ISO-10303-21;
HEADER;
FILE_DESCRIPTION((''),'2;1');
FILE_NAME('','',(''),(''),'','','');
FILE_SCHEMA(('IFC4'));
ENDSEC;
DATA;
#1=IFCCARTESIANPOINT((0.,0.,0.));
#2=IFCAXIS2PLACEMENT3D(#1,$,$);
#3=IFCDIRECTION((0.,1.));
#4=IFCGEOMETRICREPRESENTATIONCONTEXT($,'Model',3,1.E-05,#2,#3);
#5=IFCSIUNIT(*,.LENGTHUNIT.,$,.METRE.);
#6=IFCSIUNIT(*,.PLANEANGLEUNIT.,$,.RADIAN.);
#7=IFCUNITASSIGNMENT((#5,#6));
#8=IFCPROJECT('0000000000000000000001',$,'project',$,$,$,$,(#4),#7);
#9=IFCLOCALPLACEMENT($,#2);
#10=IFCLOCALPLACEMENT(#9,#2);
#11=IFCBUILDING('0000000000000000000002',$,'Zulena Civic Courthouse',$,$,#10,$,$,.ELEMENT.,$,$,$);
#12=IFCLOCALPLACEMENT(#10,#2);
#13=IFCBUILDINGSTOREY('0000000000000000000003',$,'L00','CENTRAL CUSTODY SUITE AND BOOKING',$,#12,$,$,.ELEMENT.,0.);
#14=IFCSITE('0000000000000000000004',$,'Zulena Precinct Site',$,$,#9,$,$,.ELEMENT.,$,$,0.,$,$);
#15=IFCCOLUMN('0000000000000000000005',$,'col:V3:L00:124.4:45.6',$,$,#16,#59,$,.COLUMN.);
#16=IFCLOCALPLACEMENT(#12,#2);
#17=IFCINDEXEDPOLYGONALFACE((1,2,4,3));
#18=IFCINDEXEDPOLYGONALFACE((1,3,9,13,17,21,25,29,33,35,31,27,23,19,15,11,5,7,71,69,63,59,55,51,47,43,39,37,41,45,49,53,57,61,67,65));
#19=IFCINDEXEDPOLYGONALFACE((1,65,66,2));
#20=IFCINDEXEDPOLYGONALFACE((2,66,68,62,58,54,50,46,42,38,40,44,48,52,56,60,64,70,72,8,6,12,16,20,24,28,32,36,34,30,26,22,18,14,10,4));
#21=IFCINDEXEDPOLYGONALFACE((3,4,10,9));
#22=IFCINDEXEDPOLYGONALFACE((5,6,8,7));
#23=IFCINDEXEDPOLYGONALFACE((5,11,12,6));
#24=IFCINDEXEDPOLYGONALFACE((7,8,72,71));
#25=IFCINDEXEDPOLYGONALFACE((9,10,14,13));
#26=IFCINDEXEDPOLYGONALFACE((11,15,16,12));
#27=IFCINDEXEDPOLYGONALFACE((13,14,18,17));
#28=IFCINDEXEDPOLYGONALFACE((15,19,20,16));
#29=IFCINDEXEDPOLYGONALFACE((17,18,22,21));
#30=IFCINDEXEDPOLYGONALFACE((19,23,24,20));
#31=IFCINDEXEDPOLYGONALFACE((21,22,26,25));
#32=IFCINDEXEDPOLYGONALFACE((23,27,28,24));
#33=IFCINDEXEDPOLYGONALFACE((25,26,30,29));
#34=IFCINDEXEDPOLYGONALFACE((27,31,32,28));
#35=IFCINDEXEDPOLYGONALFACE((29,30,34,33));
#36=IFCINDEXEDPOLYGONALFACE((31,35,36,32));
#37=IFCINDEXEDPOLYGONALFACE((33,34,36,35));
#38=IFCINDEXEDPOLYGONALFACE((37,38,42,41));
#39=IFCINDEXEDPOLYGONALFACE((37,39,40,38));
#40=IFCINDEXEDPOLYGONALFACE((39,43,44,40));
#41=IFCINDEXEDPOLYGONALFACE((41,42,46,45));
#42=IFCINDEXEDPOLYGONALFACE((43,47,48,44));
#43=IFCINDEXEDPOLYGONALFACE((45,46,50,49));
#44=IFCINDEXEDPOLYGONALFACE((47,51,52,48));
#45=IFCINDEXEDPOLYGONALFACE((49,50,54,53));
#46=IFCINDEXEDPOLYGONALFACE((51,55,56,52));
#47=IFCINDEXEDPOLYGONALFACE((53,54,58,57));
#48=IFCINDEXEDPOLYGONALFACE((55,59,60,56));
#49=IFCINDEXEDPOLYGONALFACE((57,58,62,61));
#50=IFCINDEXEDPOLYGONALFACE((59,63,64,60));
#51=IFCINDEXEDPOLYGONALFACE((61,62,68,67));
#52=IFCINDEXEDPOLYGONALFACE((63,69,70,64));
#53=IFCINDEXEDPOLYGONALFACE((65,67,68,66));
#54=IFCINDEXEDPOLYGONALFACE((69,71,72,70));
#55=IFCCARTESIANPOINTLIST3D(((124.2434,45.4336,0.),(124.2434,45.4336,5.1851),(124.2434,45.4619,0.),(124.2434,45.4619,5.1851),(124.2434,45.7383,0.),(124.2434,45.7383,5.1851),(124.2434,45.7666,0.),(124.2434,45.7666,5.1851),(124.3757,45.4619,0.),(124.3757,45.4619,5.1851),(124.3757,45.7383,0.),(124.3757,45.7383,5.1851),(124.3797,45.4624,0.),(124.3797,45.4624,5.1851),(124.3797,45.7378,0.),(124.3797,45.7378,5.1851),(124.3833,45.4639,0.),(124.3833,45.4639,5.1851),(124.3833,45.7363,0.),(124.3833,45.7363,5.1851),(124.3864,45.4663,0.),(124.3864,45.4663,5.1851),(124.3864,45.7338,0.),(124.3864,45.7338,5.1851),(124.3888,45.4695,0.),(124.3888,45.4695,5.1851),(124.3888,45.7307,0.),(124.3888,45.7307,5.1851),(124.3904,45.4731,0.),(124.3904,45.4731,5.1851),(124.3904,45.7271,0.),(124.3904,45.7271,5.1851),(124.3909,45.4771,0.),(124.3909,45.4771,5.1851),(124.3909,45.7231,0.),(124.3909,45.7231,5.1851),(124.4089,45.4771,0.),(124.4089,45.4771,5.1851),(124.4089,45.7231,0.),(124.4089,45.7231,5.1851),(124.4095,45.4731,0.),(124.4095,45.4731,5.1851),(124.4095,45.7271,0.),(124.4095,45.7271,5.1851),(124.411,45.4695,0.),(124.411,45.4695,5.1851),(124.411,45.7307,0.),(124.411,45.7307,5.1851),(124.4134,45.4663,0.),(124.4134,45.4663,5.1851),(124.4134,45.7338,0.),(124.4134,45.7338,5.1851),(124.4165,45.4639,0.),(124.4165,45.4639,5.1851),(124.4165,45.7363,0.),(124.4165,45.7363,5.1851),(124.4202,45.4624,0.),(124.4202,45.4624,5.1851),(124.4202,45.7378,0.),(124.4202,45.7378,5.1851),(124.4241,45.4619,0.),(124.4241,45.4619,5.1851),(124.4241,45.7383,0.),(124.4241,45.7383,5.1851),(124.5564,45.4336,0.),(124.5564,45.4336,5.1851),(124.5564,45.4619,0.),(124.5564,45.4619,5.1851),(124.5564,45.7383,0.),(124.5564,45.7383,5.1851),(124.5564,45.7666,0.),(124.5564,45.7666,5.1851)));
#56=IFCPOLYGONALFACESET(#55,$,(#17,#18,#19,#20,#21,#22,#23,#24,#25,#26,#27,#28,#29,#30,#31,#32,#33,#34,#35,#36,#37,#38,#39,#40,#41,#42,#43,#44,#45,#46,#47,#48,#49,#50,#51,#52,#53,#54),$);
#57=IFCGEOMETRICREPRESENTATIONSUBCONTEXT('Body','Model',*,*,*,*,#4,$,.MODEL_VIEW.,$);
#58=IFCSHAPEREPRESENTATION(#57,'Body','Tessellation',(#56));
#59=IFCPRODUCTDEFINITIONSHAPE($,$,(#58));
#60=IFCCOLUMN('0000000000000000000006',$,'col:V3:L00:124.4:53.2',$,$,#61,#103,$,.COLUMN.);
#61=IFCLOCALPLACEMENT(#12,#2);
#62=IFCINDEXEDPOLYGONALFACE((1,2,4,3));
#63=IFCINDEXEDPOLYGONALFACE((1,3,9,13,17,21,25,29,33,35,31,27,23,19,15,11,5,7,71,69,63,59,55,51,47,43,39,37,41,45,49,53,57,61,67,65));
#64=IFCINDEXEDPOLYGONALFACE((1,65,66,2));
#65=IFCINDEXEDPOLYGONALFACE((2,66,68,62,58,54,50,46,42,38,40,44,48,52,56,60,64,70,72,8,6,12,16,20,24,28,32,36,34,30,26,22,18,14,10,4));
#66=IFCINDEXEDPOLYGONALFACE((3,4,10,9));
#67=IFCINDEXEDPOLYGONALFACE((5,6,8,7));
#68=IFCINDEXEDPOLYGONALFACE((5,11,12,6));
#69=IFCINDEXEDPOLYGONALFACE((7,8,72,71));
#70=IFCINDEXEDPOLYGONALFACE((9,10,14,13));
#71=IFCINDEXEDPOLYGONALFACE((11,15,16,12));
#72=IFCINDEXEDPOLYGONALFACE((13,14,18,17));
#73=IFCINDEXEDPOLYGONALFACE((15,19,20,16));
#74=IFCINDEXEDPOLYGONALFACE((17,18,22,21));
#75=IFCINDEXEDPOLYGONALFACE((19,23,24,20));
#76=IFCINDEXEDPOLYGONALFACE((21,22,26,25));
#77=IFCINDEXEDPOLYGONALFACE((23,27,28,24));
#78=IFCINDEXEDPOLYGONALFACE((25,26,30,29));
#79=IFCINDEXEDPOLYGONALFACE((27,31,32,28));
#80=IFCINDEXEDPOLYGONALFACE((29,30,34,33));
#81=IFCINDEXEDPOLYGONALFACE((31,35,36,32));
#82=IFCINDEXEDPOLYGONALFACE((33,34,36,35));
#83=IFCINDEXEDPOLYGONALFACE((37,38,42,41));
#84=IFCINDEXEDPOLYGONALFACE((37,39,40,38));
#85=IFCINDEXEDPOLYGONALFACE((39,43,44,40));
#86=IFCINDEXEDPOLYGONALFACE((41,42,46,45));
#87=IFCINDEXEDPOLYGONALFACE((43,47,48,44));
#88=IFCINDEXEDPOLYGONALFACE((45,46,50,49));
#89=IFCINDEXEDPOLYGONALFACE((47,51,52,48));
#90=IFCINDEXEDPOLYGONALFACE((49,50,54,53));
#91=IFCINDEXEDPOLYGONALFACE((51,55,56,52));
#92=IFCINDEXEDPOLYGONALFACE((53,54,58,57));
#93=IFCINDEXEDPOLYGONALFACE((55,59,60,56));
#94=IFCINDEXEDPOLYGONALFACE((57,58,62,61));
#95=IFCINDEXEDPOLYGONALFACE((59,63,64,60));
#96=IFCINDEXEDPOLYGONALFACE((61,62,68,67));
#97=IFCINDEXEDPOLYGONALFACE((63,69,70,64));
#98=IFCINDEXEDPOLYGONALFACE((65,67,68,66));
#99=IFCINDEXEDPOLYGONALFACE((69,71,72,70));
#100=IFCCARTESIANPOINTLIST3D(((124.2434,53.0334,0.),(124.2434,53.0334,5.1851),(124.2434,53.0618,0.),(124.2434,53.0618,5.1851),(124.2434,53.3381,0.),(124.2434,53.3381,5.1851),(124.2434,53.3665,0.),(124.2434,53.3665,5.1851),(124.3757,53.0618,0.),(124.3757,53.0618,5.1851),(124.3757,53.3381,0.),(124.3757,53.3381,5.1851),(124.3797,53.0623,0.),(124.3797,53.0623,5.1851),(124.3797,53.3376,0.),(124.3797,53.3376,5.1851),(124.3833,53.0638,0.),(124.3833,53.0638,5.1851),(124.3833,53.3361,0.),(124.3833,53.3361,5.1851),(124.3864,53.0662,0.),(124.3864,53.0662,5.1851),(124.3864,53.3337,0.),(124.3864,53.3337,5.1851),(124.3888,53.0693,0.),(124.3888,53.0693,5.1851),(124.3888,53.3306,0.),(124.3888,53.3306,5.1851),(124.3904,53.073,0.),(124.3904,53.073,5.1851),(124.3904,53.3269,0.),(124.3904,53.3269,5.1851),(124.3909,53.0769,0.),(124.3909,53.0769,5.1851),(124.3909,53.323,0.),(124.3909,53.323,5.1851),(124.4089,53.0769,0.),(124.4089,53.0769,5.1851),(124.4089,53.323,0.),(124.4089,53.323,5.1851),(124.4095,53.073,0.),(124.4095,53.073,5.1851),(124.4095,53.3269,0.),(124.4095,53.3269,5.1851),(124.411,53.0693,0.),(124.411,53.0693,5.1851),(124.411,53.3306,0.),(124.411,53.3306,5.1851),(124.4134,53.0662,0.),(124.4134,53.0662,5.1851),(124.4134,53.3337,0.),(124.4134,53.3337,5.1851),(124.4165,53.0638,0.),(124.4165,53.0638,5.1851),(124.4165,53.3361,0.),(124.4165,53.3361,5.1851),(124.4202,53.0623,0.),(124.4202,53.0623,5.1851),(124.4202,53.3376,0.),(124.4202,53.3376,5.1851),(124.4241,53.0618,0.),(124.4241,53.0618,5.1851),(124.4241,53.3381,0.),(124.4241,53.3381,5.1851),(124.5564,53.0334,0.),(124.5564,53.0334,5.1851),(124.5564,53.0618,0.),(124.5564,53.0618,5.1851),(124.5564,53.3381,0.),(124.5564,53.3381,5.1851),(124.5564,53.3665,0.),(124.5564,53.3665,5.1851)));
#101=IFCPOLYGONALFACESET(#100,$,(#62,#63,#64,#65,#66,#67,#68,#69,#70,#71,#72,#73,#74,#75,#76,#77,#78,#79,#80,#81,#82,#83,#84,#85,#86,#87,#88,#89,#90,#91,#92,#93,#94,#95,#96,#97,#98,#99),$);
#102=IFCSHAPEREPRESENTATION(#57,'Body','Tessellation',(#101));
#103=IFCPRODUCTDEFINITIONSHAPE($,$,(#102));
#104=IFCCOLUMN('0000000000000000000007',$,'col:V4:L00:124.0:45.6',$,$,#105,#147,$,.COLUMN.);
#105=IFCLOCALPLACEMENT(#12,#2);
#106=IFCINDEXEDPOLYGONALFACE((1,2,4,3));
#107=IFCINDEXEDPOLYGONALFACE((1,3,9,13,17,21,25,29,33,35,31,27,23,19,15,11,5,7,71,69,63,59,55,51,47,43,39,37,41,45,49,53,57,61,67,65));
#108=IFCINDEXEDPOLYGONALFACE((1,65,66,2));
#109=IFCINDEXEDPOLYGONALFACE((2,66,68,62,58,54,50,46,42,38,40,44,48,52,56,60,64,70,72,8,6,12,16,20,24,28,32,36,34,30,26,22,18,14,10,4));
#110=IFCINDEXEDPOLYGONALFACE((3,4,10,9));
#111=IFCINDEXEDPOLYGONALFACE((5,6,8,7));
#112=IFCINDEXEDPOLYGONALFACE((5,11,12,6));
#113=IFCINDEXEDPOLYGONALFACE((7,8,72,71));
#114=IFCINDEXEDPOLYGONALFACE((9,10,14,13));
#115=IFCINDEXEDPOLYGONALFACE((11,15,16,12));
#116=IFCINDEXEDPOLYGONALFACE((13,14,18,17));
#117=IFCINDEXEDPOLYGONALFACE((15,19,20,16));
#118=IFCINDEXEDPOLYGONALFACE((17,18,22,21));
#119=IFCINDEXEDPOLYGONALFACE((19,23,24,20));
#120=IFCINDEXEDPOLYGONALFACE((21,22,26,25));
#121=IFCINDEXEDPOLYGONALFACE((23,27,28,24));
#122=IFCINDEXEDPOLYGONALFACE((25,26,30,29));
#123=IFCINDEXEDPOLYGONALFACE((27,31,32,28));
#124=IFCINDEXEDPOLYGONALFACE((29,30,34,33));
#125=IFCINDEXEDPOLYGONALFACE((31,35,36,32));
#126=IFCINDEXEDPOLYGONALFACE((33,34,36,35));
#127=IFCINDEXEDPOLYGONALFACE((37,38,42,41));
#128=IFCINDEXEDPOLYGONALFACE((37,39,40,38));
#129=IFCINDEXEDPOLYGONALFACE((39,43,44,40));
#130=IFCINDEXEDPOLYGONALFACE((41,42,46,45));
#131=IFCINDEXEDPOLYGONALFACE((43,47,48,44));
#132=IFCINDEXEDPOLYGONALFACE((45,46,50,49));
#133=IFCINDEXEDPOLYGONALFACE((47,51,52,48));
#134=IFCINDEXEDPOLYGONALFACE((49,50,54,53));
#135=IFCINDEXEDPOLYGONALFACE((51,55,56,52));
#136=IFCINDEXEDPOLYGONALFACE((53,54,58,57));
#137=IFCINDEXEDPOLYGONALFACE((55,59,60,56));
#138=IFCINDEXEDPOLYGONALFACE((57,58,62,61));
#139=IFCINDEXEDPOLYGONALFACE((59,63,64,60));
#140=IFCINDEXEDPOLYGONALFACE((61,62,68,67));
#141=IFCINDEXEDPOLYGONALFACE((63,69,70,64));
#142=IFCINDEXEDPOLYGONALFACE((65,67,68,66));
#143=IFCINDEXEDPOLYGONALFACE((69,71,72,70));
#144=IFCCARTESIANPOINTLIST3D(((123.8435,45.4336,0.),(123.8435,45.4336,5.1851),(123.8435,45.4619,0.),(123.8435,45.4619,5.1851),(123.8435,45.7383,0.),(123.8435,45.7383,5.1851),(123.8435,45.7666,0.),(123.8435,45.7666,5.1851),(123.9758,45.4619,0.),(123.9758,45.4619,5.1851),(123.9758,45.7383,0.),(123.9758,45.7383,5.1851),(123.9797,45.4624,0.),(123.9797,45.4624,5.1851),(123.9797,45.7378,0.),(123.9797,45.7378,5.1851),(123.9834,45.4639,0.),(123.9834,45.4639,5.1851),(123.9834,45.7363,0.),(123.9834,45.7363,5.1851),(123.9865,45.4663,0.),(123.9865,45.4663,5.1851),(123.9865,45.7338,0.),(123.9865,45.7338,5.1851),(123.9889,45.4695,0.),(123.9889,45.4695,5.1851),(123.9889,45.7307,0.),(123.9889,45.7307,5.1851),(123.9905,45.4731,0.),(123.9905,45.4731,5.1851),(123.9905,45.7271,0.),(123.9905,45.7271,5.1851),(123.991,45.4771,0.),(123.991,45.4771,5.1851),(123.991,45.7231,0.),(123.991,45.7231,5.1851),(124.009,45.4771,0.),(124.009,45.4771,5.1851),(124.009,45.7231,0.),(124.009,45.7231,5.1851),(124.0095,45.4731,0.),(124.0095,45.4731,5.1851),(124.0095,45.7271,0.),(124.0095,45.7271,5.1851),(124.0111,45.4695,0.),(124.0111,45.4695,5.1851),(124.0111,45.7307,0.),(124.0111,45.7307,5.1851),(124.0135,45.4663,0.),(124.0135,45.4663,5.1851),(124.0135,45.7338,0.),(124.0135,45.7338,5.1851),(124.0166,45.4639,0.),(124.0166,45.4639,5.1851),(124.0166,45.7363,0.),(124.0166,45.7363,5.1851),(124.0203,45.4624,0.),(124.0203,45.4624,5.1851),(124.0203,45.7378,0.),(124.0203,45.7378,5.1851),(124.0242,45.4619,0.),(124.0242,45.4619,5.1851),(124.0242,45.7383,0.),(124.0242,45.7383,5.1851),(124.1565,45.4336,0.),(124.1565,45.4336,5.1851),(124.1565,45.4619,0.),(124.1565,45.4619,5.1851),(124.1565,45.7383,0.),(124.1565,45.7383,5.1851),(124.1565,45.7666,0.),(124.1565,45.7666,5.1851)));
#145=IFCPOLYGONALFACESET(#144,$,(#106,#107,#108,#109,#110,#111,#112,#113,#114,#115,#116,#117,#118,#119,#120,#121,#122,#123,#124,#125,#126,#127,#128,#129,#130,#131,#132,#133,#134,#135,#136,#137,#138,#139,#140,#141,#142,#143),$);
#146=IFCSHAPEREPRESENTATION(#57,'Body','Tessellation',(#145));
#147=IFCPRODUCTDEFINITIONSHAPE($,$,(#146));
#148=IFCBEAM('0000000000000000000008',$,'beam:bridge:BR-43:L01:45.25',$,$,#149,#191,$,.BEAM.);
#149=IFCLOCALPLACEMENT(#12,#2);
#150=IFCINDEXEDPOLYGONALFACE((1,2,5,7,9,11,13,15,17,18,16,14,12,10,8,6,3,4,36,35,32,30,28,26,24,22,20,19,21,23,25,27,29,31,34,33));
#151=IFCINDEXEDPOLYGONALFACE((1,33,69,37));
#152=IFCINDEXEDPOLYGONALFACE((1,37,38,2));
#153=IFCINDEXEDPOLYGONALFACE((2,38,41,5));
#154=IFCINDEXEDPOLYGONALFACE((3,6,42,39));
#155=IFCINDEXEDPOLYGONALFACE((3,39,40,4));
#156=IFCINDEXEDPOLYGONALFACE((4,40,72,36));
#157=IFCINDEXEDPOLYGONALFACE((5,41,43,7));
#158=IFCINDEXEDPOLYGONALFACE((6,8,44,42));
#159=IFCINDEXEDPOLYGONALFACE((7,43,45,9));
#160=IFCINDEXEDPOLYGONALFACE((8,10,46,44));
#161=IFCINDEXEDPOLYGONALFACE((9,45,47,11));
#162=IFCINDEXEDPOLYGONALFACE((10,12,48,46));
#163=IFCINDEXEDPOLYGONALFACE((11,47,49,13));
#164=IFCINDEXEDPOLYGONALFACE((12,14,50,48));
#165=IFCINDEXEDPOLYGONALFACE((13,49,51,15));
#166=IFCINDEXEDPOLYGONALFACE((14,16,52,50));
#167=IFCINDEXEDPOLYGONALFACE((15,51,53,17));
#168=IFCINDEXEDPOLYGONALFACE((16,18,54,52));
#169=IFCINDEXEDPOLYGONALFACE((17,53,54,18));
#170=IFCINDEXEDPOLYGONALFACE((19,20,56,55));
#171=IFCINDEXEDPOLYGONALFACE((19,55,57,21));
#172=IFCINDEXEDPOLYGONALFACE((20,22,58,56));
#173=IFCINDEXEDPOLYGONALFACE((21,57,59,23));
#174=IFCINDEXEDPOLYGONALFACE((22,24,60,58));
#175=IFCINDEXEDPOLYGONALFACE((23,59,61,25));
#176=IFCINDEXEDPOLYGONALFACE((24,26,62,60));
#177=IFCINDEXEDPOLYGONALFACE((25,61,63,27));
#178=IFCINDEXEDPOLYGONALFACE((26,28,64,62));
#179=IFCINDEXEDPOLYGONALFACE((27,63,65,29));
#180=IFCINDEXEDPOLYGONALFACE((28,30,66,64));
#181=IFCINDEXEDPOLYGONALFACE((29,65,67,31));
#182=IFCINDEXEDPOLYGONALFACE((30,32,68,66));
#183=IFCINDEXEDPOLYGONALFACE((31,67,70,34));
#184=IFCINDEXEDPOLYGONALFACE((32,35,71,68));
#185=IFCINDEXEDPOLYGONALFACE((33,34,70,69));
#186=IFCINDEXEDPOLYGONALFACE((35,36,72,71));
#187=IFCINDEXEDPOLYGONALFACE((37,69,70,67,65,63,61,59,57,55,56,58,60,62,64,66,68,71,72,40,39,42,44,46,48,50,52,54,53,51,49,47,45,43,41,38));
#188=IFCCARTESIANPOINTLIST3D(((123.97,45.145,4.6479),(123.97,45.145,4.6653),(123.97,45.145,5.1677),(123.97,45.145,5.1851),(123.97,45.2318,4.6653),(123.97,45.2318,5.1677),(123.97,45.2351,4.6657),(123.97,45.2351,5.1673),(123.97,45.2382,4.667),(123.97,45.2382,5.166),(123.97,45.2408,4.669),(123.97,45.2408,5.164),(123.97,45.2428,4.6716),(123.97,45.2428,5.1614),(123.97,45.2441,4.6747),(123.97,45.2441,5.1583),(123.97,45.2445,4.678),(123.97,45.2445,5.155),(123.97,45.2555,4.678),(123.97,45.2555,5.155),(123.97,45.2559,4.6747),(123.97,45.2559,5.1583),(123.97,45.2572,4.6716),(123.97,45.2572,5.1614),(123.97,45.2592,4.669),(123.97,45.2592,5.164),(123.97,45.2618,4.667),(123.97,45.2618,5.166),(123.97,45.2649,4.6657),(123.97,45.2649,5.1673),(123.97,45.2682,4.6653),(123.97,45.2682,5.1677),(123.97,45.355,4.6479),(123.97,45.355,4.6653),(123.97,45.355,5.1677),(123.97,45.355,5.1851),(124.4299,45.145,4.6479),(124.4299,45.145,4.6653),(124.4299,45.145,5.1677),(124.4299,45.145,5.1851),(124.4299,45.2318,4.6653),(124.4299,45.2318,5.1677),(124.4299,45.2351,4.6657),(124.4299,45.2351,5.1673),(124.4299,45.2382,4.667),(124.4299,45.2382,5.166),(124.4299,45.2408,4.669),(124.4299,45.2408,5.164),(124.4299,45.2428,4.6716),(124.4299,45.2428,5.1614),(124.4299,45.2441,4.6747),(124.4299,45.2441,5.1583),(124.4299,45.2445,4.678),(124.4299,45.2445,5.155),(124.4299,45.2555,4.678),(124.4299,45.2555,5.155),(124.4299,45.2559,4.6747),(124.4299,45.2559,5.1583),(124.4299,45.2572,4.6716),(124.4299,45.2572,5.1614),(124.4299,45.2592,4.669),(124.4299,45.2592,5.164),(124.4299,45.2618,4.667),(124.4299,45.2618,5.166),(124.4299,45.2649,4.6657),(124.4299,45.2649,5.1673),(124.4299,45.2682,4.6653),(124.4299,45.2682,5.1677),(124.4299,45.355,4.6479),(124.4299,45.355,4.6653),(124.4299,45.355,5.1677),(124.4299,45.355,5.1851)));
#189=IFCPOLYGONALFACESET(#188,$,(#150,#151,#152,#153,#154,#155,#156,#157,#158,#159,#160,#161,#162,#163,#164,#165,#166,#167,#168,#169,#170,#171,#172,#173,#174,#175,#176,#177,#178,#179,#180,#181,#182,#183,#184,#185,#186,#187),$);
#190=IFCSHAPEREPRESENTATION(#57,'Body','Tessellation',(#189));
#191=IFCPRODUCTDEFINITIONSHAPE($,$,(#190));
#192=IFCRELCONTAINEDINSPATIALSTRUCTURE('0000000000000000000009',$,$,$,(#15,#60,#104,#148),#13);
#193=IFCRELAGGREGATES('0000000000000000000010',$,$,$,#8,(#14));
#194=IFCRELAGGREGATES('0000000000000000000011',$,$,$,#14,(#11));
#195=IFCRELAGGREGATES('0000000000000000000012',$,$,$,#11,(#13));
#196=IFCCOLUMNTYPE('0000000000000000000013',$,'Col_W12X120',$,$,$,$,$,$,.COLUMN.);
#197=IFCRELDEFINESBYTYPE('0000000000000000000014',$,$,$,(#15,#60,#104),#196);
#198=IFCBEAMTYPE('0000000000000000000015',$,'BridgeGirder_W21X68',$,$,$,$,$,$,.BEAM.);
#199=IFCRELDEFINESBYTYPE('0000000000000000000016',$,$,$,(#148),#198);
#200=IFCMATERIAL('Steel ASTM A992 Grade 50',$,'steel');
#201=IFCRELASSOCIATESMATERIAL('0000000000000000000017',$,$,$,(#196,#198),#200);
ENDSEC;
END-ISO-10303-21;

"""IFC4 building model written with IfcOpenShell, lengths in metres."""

from ifc_helpers import new_model, si_unit, direction, frame, origin, origin_2d, place, context, subcontext, project, spatial, i_section, extrude, material, material_profile, profile_set, type_object, element, save


model = new_model("IFC4")

# Units and contexts
model_context = context("Model", 3, precision=1e-05, world=origin(), true_north=direction((0.0, 1.0)))
body_context = subcontext(model_context, "Body", "Model", "MODEL_VIEW")
ifc_project = project(units=[si_unit("LENGTHUNIT", "METRE"), si_unit("PLANEANGLEUNIT", "RADIAN")], contexts=[model_context])

# Site, building, storey
site_placement = place(None, origin())
site = spatial("IfcSite", under=ifc_project, at=site_placement, Name="Zulena Precinct Site", CompositionType="ELEMENT", RefElevation=0.0)
building_placement = place(site_placement, origin())
building = spatial("IfcBuilding", under=site, at=building_placement, Name="Zulena Civic Courthouse", CompositionType="ELEMENT")
storey_placement = place(building_placement, origin())
storey = spatial("IfcBuildingStorey", under=building, at=storey_placement, Name="L00", Description="CENTRAL CUSTODY SUITE AND BOOKING", CompositionType="ELEMENT", Elevation=0.0)

# Columns
ifc_material_1 = material(Name="Steel ASTM A992 Grade 50", Category="steel")
ifc_material_profile_1 = material_profile(ifc_material_1, i_section(OverallWidth=0.313, OverallDepth=0.333, WebThickness=0.0181, FlangeThickness=0.0283, FilletRadius=0.0151, at=origin_2d()), Name="W12X120")
ifc_profile_set_1 = profile_set([ifc_material_profile_1], Name="Steel ASTM A992 Grade 50")
column_type = type_object("IfcColumnType", Name="Col_W12X120", PredefinedType="COLUMN", material=ifc_profile_set_1)
for number, where, z_axis, x_axis, name in (
    (1, (124.3999, 45.6001, 0.0), (0.0, 0.0, 1.0), (1.0, 0.0, 0.0), "col:V3:L00:124.4:45.6"),
    (2, (124.3999, 53.2, 0.0), (0.0, 0.0, 1.0), (1.0, 0.0, 0.0), "col:V3:L00:124.4:53.2"),
    (3, (124.0, 45.6001, 0.0), (0.0, 0.0, 1.0), (1.0, 0.0, 0.0), "col:V4:L00:124.0:45.6"),
):
    element("IfcColumn", number, at=place(storey_placement, frame(where, z_axis=z_axis, x_axis=x_axis)), inside=storey, type_object=column_type, Name=name, PredefinedType="COLUMN", context=body_context, shape_type="SweptSolid", body=[
        extrude(i_section(OverallWidth=0.313, OverallDepth=0.333, WebThickness=0.0181, FlangeThickness=0.0283, FilletRadius=0.0151, at=origin_2d()), origin(), (0.0, 0.0, 1.0), 5.1851),
    ])

# Beam
ifc_material_profile_2 = material_profile(ifc_material_1, i_section(OverallWidth=0.21, OverallDepth=0.5371, WebThickness=0.011, FlangeThickness=0.0173, FilletRadius=0.0127, at=origin_2d()), Name="W21X68")
ifc_profile_set_2 = profile_set([ifc_material_profile_2], Name="Steel ASTM A992 Grade 50")
beam_type_1 = type_object("IfcBeamType", Name="BridgeGirder_W21X68", PredefinedType="BEAM", material=ifc_profile_set_2)
beam_1_placement = place(storey_placement, frame((123.97, 45.25, 4.9165), z_axis=(1.0, 0.0, 0.0), x_axis=(0.0, 1.0, 0.0)))
element("IfcBeam", 4, at=beam_1_placement, inside=storey, type_object=beam_type_1, Name="beam:bridge:BR-43:L01:45.25", PredefinedType="BEAM", context=body_context, shape_type="SweptSolid", body=[
    extrude(i_section(OverallWidth=0.21, OverallDepth=0.5371, WebThickness=0.011, FlangeThickness=0.0173, FilletRadius=0.0127, at=origin_2d()), origin(), (0.0, 0.0, 1.0), 0.46),
])

save(model, "model.ifc")
